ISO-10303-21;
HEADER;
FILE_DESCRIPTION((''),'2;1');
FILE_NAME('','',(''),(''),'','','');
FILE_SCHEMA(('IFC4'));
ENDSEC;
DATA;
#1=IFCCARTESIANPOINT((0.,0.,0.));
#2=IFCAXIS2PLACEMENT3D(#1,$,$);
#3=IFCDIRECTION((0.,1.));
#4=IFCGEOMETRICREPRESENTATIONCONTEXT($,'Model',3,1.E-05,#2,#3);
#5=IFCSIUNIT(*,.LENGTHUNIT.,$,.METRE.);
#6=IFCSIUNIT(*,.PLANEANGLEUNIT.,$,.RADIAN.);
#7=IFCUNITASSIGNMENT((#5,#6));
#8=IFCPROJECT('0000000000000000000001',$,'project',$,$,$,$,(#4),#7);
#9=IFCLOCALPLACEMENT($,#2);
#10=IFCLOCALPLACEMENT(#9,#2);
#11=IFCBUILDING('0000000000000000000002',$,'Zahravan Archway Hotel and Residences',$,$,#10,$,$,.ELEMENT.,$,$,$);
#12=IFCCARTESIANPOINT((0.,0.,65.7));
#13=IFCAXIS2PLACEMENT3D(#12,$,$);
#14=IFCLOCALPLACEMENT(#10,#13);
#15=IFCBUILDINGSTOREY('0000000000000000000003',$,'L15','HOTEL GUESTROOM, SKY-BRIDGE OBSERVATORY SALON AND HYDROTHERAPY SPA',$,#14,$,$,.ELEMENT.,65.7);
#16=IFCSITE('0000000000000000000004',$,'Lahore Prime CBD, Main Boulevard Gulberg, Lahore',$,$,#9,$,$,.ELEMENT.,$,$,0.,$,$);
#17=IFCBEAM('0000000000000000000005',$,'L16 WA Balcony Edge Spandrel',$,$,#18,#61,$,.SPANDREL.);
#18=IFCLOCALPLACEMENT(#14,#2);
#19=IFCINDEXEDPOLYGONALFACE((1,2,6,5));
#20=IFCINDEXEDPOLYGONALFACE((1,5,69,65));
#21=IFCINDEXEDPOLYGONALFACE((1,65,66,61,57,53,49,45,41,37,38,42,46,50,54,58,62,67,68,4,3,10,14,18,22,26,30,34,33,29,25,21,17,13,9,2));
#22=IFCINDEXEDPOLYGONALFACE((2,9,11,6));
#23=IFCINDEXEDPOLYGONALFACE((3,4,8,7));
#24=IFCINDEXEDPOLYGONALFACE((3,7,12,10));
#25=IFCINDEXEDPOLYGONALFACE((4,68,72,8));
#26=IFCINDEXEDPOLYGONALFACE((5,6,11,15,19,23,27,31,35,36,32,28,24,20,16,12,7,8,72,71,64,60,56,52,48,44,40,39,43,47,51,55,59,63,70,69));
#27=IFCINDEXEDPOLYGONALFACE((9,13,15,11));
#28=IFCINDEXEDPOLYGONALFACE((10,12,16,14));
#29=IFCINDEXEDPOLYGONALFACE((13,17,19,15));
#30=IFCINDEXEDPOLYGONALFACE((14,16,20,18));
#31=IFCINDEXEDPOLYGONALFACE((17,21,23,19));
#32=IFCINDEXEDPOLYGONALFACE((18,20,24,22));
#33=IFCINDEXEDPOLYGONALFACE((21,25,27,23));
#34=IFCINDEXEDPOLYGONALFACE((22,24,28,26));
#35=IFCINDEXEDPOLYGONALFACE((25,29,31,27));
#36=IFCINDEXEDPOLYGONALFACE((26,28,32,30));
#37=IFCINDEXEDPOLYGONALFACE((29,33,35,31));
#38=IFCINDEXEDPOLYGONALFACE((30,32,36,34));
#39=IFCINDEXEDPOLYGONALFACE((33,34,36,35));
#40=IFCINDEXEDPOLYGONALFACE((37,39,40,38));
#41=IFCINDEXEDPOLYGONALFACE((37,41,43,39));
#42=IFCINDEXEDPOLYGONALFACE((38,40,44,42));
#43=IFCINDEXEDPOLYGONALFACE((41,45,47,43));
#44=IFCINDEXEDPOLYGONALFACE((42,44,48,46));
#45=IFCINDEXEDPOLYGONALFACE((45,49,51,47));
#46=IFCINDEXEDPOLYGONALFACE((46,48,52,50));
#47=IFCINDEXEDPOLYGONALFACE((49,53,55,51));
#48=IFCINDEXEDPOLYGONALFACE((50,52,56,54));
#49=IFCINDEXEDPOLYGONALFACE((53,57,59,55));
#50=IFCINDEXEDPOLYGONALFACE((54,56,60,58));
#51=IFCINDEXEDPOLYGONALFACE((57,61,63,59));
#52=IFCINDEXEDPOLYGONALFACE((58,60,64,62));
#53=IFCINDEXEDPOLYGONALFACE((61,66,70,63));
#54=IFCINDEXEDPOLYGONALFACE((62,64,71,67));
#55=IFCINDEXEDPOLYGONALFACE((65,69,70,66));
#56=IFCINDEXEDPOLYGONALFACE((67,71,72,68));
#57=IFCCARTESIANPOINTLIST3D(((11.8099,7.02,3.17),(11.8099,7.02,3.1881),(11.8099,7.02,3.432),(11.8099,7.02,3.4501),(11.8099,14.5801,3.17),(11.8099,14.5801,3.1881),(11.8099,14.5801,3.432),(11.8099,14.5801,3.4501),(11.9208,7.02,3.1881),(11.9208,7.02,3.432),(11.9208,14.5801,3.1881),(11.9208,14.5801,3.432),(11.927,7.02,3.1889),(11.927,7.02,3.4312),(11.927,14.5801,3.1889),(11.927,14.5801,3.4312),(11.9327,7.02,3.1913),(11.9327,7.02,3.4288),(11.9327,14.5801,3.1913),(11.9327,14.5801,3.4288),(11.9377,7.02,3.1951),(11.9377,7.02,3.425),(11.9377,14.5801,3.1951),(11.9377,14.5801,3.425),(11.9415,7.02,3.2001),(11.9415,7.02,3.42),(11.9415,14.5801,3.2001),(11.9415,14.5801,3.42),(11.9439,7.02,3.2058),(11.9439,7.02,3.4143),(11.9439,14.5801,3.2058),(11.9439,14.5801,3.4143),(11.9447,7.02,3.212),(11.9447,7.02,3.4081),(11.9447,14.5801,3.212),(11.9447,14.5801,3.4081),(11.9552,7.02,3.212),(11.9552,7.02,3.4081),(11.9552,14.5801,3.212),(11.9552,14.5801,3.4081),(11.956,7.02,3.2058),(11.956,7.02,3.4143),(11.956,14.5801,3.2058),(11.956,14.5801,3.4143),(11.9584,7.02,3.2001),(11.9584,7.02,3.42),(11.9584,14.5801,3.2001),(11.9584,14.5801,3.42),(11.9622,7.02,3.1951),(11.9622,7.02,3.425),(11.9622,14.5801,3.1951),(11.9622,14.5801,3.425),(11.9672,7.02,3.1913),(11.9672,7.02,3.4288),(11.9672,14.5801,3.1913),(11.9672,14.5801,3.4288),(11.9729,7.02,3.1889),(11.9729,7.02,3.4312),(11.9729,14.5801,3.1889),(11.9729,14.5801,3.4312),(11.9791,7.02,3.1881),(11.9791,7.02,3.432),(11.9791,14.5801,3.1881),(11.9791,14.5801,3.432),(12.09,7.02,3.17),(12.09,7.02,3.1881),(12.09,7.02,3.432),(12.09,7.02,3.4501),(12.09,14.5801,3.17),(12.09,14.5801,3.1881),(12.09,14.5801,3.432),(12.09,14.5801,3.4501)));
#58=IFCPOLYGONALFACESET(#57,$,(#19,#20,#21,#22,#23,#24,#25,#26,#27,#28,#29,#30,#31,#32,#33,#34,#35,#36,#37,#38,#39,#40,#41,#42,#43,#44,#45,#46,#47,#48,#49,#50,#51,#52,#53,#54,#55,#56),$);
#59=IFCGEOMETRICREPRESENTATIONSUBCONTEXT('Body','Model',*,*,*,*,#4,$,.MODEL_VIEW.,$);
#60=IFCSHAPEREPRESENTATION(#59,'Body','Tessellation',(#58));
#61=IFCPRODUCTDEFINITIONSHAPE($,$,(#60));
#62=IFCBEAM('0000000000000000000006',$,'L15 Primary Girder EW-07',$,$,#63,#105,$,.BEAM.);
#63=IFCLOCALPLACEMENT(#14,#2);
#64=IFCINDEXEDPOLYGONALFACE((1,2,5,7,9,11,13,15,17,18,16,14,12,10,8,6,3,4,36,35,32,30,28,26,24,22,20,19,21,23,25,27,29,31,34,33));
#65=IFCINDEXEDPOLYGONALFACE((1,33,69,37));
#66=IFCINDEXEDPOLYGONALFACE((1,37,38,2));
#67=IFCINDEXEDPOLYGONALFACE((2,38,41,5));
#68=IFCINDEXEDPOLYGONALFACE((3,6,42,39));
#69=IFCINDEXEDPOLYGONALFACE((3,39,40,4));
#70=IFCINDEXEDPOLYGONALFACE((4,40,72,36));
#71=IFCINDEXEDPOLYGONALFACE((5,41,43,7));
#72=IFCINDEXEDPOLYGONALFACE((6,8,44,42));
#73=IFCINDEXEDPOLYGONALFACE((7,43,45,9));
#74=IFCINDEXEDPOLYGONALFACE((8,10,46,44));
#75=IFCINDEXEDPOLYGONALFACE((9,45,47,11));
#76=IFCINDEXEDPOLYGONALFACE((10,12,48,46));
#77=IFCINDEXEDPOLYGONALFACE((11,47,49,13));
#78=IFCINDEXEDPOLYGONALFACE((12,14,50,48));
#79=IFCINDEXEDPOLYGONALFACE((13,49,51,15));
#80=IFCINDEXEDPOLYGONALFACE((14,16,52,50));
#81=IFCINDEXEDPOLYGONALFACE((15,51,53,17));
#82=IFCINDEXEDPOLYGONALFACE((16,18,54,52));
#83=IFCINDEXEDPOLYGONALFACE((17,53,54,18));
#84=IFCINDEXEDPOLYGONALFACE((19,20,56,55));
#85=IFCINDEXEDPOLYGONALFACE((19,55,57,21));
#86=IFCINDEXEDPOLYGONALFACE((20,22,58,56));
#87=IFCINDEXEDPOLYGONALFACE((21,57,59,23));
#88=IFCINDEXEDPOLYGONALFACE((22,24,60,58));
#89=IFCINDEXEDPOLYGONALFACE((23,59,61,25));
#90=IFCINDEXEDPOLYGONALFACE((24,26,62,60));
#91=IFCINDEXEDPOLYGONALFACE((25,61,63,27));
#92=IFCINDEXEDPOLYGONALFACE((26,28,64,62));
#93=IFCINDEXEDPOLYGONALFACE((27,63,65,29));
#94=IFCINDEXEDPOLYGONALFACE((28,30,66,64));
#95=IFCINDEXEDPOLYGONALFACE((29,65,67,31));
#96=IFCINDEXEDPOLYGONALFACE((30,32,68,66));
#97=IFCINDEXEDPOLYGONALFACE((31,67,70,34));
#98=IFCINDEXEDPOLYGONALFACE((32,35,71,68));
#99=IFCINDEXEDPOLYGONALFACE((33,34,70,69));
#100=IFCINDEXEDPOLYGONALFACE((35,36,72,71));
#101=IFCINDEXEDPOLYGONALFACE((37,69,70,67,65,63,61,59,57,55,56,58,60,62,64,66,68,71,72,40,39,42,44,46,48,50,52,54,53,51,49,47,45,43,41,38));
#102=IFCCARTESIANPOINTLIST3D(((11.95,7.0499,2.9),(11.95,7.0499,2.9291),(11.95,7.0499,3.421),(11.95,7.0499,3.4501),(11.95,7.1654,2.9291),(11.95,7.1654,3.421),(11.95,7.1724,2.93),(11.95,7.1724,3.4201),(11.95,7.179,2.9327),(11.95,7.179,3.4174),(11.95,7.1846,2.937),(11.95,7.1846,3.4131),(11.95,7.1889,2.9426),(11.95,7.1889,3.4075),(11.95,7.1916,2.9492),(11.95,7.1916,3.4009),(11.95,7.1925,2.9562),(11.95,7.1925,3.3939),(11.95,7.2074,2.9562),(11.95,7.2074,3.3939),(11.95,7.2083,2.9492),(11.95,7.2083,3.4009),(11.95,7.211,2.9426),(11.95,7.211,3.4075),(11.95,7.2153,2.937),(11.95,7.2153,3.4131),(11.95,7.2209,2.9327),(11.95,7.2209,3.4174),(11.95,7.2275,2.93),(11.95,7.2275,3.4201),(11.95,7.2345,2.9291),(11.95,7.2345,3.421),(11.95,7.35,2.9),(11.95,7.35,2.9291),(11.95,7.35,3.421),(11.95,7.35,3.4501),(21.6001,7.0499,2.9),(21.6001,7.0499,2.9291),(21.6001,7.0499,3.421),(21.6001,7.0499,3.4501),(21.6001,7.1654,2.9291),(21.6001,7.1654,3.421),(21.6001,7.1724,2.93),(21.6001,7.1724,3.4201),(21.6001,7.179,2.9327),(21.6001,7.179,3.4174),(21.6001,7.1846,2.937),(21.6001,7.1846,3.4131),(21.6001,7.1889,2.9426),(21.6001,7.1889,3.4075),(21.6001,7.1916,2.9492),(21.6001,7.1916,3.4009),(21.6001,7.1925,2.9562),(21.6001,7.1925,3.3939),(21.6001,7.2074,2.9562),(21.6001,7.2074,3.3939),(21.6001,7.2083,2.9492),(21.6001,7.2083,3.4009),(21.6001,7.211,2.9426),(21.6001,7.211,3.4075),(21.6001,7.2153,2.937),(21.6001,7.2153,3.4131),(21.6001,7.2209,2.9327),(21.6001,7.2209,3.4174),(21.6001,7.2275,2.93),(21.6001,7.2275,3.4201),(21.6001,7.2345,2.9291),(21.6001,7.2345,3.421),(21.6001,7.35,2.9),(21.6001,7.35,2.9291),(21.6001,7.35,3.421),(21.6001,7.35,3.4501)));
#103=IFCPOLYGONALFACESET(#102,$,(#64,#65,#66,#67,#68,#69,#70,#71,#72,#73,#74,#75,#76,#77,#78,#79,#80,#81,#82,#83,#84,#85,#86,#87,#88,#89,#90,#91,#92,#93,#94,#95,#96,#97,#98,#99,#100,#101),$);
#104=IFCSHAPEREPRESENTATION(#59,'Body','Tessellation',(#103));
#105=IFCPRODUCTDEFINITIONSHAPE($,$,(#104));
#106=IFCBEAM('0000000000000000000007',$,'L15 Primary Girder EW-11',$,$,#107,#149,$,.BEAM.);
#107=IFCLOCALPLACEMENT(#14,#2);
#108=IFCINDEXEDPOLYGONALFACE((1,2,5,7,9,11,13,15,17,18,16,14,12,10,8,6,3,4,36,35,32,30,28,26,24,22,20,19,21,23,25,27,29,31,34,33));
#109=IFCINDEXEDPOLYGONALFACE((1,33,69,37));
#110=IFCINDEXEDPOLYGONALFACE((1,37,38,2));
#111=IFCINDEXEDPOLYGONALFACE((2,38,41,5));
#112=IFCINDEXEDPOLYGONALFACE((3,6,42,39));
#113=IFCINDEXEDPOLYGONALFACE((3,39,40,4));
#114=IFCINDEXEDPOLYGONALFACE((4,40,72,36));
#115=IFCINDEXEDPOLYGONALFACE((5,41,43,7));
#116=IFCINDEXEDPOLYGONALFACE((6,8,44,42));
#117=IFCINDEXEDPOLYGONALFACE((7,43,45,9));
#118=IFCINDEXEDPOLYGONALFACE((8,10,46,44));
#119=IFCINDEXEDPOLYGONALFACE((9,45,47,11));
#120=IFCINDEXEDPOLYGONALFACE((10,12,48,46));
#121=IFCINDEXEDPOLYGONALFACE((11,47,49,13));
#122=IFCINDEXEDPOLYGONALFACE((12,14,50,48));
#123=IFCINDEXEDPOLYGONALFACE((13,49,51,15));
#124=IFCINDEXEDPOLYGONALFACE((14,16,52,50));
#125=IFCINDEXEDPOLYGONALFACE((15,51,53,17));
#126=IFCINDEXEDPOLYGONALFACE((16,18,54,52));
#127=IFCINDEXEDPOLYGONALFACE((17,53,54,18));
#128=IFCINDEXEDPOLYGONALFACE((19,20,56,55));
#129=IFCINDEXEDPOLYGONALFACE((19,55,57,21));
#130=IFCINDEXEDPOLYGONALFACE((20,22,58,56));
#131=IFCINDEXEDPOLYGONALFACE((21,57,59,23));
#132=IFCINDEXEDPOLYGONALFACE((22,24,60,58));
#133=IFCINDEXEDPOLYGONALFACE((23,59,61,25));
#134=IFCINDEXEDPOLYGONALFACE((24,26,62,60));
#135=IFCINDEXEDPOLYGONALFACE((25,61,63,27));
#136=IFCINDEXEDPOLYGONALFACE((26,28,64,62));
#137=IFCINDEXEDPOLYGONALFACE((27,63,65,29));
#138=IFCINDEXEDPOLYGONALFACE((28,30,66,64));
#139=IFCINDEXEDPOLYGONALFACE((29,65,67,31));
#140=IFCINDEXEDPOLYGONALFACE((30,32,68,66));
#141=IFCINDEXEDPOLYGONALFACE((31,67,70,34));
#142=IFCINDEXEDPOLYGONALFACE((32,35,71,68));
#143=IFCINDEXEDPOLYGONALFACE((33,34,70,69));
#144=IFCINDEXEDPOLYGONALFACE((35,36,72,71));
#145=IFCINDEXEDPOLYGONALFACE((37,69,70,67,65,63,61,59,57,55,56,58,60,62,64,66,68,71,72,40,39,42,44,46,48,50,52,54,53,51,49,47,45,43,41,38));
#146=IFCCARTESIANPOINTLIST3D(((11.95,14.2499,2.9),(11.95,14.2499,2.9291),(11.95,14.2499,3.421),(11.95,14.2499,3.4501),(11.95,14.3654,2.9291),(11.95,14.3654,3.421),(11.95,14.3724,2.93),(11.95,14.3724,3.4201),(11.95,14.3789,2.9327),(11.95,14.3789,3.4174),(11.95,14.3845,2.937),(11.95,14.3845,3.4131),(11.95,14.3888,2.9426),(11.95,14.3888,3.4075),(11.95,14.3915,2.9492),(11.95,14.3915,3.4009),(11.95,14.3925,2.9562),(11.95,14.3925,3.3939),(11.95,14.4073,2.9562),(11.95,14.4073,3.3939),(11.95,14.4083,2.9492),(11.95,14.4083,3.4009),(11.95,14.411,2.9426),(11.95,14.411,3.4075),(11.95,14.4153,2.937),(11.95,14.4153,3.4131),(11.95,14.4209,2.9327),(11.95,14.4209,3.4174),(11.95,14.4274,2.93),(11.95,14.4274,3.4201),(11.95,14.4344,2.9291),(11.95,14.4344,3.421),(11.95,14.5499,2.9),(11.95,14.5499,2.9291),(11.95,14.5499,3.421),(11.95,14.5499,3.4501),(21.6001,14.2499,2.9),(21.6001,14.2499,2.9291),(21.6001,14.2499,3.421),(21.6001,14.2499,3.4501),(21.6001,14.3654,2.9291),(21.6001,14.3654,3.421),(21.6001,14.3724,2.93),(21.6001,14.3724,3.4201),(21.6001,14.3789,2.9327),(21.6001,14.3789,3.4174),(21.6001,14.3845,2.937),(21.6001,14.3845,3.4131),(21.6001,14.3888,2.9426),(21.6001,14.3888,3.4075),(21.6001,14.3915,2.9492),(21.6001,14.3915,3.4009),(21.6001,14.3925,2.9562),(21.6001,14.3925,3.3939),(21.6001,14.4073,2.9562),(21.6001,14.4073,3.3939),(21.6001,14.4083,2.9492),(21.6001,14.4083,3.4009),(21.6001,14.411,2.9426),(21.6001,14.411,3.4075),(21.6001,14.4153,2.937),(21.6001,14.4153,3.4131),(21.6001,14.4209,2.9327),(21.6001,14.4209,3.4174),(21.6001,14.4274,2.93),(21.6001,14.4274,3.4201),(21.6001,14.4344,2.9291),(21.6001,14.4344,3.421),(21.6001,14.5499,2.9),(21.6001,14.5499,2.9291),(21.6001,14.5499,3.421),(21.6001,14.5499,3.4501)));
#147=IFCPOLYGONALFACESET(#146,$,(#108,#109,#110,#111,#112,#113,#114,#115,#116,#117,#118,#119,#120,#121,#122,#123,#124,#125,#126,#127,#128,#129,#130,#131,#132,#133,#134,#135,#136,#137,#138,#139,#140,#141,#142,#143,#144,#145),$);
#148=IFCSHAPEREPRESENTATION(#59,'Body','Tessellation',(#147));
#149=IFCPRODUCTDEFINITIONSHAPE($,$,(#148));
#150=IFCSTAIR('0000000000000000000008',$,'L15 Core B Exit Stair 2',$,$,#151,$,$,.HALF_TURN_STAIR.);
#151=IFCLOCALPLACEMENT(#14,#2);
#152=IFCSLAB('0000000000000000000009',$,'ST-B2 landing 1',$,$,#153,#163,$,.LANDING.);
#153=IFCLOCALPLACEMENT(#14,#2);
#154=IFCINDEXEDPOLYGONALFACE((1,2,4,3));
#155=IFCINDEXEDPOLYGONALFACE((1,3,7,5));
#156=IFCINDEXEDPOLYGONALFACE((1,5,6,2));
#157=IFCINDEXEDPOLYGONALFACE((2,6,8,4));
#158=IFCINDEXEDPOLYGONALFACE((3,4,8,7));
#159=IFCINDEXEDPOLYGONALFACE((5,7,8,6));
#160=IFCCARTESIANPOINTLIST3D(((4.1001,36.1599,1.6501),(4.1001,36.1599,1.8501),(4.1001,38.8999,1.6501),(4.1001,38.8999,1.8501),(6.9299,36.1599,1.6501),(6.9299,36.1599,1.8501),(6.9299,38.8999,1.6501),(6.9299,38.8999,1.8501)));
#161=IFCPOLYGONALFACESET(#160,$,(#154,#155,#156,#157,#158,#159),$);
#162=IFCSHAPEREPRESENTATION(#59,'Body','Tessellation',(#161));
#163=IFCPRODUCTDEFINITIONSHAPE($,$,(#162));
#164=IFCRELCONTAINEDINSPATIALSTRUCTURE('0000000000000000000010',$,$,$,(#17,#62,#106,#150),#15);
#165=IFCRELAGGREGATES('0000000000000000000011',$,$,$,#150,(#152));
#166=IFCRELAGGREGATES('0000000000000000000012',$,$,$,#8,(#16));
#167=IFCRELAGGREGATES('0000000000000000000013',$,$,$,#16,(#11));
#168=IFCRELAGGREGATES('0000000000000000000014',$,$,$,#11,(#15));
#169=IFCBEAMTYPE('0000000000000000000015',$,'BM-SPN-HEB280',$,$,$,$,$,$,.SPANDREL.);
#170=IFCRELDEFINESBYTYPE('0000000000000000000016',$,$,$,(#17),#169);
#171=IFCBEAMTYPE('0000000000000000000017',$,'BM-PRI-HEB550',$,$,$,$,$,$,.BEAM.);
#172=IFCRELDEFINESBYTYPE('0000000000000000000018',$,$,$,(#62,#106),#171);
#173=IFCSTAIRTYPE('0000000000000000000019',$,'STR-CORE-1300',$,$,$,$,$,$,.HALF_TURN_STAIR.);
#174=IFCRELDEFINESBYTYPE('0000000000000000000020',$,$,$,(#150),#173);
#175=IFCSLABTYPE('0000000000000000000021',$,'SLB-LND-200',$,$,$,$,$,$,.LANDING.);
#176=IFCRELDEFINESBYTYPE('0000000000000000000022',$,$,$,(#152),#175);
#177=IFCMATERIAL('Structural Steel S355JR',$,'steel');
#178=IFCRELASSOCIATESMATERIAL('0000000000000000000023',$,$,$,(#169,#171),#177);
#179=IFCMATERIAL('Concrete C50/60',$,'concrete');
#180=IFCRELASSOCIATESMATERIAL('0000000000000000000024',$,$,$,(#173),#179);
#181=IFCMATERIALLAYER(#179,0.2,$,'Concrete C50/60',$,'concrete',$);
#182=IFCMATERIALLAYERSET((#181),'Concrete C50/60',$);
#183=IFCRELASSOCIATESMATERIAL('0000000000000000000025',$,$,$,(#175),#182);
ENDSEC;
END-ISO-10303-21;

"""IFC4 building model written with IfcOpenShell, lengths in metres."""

from ifc_helpers import new_model, si_unit, direction, frame, origin, origin_2d, place, context, subcontext, project, spatial, polyline, i_section, outline, extrude, source, transform, mapped, material, layer, layer_set, material_profile, profile_set, type_object, type_shapes, element, aggregate, save


model = new_model("IFC4")

# Units and contexts
model_context = context("Model", 3, precision=1e-05, world=origin(), true_north=direction((0.0, 1.0)))
body_context = subcontext(model_context, "Body", "Model", "MODEL_VIEW")
ifc_project = project(units=[si_unit("LENGTHUNIT", "METRE"), si_unit("PLANEANGLEUNIT", "RADIAN")], contexts=[model_context])

# Site, building, storey
site_placement = place(None, origin())
site = spatial("IfcSite", under=ifc_project, at=site_placement, Name="Lahore Prime CBD, Main Boulevard Gulberg, Lahore", CompositionType="ELEMENT", RefElevation=0.0)
building_placement = place(site_placement, origin())
building = spatial("IfcBuilding", under=site, at=building_placement, Name="Zahravan Archway Hotel and Residences", CompositionType="ELEMENT")
storey_placement = place(building_placement, frame((0.0, 0.0, 65.7)))
storey = spatial("IfcBuildingStorey", under=building, at=storey_placement, Name="L15", Description="HOTEL GUESTROOM, SKY-BRIDGE OBSERVATORY SALON AND HYDROTHERAPY SPA", CompositionType="ELEMENT", Elevation=65.7)

# Beams
ifc_material_1 = material(Name="Structural Steel S355JR", Category="steel")
ifc_material_profile_1 = material_profile(ifc_material_1, i_section(OverallWidth=0.28, OverallDepth=0.28, WebThickness=0.0105, FlangeThickness=0.0181, FilletRadius=0.0239, at=origin_2d()), Name="HEB 280", Category="steel")
ifc_profile_set_1 = profile_set([ifc_material_profile_1], Name="Structural Steel S355JR")
beam_type_1 = type_object("IfcBeamType", Name="BM-SPN-HEB280", PredefinedType="SPANDREL", material=ifc_profile_set_1)
shared_shape_1 = source(origin(), body_context, "Body", "SweptSolid", [
    extrude(i_section(OverallWidth=0.28, OverallDepth=0.28, WebThickness=0.0105, FlangeThickness=0.0181, FilletRadius=0.0239, at=origin_2d()), origin(), (0.0, 0.0, 1.0), 7.5601),
])
type_shapes(beam_type_1, [shared_shape_1])
beam_placement = place(storey_placement, frame((11.95, 7.02, 3.3101), z_axis=(0.0, 1.0, 0.0), x_axis=(-1.0, 0.0, 0.0)))
element("IfcBeam", 1, at=beam_placement, inside=storey, type_object=beam_type_1, Name="L16 WA Balcony Edge Spandrel", PredefinedType="SPANDREL", context=body_context, shape_type="MappedRepresentation", body=[
    mapped(shared_shape_1, transform((0.0, 0.0, 0.0), scale=1.0)),
])
ifc_material_profile_2 = material_profile(ifc_material_1, i_section(OverallWidth=0.3, OverallDepth=0.55, WebThickness=0.0149, FlangeThickness=0.0291, FilletRadius=0.0271, at=origin_2d()), Name="HEB 550", Category="steel")
ifc_profile_set_2 = profile_set([ifc_material_profile_2], Name="Structural Steel S355JR")
beam_type_2 = type_object("IfcBeamType", Name="BM-PRI-HEB550", PredefinedType="BEAM", material=ifc_profile_set_2)
shared_shape_2 = source(origin(), body_context, "Body", "SweptSolid", [
    extrude(i_section(OverallWidth=0.3, OverallDepth=0.55, WebThickness=0.0149, FlangeThickness=0.0291, FilletRadius=0.0271, at=origin_2d()), origin(), (0.0, 0.0, 1.0), 9.6501),
])
for number, where, z_axis, x_axis, name in (
    (2, (11.95, 7.2, 3.175), (1.0, 0.0, 0.0), (0.0, 1.0, 0.0), "L15 Primary Girder EW-07"),
    (3, (11.95, 14.3999, 3.175), (1.0, 0.0, 0.0), (0.0, 1.0, 0.0), "L15 Primary Girder EW-11"),
):
    element("IfcBeam", number, at=place(storey_placement, frame(where, z_axis=z_axis, x_axis=x_axis)), inside=storey, type_object=beam_type_2, Name=name, PredefinedType="BEAM", context=body_context, shape_type="MappedRepresentation", body=[
        mapped(shared_shape_2, transform((0.0, 0.0, 0.0), scale=1.0)),
    ])

# Stair, slab
ifc_material_2 = material(Name="Concrete C50/60", Category="concrete")
stair_type = type_object("IfcStairType", Name="STR-CORE-1300", PredefinedType="HALF_TURN_STAIR", material=ifc_material_2)
stair_placement = place(storey_placement, origin())
stair = element("IfcStair", 4, at=stair_placement, inside=storey, type_object=stair_type, Name="L15 Core B Exit Stair 2", PredefinedType="HALF_TURN_STAIR")
ifc_layer_1 = layer(ifc_material_2, 0.2, Name="Concrete C50/60", Category="concrete")
ifc_layer_set_1 = layer_set([ifc_layer_1], Name="Concrete C50/60")
slab_type = type_object("IfcSlabType", Name="SLB-LND-200", PredefinedType="LANDING", material=ifc_layer_set_1)
slab_placement = place(storey_placement, frame((0.0, 0.0, 1.6501)))
slab = element("IfcSlab", 5, at=slab_placement, type_object=slab_type, Name="ST-B2 landing 1", PredefinedType="LANDING", context=body_context, shape_type="SweptSolid", body=[
    extrude(outline(polyline([(6.9299, 38.8999), (4.1001, 38.8999), (4.1001, 36.1599), (6.9299, 36.1599), (6.9299, 38.8999)])), origin(), (0.0, 0.0, 1.0), 0.2),
])
aggregate(stair, [slab])

save(model, "model.ifc")
